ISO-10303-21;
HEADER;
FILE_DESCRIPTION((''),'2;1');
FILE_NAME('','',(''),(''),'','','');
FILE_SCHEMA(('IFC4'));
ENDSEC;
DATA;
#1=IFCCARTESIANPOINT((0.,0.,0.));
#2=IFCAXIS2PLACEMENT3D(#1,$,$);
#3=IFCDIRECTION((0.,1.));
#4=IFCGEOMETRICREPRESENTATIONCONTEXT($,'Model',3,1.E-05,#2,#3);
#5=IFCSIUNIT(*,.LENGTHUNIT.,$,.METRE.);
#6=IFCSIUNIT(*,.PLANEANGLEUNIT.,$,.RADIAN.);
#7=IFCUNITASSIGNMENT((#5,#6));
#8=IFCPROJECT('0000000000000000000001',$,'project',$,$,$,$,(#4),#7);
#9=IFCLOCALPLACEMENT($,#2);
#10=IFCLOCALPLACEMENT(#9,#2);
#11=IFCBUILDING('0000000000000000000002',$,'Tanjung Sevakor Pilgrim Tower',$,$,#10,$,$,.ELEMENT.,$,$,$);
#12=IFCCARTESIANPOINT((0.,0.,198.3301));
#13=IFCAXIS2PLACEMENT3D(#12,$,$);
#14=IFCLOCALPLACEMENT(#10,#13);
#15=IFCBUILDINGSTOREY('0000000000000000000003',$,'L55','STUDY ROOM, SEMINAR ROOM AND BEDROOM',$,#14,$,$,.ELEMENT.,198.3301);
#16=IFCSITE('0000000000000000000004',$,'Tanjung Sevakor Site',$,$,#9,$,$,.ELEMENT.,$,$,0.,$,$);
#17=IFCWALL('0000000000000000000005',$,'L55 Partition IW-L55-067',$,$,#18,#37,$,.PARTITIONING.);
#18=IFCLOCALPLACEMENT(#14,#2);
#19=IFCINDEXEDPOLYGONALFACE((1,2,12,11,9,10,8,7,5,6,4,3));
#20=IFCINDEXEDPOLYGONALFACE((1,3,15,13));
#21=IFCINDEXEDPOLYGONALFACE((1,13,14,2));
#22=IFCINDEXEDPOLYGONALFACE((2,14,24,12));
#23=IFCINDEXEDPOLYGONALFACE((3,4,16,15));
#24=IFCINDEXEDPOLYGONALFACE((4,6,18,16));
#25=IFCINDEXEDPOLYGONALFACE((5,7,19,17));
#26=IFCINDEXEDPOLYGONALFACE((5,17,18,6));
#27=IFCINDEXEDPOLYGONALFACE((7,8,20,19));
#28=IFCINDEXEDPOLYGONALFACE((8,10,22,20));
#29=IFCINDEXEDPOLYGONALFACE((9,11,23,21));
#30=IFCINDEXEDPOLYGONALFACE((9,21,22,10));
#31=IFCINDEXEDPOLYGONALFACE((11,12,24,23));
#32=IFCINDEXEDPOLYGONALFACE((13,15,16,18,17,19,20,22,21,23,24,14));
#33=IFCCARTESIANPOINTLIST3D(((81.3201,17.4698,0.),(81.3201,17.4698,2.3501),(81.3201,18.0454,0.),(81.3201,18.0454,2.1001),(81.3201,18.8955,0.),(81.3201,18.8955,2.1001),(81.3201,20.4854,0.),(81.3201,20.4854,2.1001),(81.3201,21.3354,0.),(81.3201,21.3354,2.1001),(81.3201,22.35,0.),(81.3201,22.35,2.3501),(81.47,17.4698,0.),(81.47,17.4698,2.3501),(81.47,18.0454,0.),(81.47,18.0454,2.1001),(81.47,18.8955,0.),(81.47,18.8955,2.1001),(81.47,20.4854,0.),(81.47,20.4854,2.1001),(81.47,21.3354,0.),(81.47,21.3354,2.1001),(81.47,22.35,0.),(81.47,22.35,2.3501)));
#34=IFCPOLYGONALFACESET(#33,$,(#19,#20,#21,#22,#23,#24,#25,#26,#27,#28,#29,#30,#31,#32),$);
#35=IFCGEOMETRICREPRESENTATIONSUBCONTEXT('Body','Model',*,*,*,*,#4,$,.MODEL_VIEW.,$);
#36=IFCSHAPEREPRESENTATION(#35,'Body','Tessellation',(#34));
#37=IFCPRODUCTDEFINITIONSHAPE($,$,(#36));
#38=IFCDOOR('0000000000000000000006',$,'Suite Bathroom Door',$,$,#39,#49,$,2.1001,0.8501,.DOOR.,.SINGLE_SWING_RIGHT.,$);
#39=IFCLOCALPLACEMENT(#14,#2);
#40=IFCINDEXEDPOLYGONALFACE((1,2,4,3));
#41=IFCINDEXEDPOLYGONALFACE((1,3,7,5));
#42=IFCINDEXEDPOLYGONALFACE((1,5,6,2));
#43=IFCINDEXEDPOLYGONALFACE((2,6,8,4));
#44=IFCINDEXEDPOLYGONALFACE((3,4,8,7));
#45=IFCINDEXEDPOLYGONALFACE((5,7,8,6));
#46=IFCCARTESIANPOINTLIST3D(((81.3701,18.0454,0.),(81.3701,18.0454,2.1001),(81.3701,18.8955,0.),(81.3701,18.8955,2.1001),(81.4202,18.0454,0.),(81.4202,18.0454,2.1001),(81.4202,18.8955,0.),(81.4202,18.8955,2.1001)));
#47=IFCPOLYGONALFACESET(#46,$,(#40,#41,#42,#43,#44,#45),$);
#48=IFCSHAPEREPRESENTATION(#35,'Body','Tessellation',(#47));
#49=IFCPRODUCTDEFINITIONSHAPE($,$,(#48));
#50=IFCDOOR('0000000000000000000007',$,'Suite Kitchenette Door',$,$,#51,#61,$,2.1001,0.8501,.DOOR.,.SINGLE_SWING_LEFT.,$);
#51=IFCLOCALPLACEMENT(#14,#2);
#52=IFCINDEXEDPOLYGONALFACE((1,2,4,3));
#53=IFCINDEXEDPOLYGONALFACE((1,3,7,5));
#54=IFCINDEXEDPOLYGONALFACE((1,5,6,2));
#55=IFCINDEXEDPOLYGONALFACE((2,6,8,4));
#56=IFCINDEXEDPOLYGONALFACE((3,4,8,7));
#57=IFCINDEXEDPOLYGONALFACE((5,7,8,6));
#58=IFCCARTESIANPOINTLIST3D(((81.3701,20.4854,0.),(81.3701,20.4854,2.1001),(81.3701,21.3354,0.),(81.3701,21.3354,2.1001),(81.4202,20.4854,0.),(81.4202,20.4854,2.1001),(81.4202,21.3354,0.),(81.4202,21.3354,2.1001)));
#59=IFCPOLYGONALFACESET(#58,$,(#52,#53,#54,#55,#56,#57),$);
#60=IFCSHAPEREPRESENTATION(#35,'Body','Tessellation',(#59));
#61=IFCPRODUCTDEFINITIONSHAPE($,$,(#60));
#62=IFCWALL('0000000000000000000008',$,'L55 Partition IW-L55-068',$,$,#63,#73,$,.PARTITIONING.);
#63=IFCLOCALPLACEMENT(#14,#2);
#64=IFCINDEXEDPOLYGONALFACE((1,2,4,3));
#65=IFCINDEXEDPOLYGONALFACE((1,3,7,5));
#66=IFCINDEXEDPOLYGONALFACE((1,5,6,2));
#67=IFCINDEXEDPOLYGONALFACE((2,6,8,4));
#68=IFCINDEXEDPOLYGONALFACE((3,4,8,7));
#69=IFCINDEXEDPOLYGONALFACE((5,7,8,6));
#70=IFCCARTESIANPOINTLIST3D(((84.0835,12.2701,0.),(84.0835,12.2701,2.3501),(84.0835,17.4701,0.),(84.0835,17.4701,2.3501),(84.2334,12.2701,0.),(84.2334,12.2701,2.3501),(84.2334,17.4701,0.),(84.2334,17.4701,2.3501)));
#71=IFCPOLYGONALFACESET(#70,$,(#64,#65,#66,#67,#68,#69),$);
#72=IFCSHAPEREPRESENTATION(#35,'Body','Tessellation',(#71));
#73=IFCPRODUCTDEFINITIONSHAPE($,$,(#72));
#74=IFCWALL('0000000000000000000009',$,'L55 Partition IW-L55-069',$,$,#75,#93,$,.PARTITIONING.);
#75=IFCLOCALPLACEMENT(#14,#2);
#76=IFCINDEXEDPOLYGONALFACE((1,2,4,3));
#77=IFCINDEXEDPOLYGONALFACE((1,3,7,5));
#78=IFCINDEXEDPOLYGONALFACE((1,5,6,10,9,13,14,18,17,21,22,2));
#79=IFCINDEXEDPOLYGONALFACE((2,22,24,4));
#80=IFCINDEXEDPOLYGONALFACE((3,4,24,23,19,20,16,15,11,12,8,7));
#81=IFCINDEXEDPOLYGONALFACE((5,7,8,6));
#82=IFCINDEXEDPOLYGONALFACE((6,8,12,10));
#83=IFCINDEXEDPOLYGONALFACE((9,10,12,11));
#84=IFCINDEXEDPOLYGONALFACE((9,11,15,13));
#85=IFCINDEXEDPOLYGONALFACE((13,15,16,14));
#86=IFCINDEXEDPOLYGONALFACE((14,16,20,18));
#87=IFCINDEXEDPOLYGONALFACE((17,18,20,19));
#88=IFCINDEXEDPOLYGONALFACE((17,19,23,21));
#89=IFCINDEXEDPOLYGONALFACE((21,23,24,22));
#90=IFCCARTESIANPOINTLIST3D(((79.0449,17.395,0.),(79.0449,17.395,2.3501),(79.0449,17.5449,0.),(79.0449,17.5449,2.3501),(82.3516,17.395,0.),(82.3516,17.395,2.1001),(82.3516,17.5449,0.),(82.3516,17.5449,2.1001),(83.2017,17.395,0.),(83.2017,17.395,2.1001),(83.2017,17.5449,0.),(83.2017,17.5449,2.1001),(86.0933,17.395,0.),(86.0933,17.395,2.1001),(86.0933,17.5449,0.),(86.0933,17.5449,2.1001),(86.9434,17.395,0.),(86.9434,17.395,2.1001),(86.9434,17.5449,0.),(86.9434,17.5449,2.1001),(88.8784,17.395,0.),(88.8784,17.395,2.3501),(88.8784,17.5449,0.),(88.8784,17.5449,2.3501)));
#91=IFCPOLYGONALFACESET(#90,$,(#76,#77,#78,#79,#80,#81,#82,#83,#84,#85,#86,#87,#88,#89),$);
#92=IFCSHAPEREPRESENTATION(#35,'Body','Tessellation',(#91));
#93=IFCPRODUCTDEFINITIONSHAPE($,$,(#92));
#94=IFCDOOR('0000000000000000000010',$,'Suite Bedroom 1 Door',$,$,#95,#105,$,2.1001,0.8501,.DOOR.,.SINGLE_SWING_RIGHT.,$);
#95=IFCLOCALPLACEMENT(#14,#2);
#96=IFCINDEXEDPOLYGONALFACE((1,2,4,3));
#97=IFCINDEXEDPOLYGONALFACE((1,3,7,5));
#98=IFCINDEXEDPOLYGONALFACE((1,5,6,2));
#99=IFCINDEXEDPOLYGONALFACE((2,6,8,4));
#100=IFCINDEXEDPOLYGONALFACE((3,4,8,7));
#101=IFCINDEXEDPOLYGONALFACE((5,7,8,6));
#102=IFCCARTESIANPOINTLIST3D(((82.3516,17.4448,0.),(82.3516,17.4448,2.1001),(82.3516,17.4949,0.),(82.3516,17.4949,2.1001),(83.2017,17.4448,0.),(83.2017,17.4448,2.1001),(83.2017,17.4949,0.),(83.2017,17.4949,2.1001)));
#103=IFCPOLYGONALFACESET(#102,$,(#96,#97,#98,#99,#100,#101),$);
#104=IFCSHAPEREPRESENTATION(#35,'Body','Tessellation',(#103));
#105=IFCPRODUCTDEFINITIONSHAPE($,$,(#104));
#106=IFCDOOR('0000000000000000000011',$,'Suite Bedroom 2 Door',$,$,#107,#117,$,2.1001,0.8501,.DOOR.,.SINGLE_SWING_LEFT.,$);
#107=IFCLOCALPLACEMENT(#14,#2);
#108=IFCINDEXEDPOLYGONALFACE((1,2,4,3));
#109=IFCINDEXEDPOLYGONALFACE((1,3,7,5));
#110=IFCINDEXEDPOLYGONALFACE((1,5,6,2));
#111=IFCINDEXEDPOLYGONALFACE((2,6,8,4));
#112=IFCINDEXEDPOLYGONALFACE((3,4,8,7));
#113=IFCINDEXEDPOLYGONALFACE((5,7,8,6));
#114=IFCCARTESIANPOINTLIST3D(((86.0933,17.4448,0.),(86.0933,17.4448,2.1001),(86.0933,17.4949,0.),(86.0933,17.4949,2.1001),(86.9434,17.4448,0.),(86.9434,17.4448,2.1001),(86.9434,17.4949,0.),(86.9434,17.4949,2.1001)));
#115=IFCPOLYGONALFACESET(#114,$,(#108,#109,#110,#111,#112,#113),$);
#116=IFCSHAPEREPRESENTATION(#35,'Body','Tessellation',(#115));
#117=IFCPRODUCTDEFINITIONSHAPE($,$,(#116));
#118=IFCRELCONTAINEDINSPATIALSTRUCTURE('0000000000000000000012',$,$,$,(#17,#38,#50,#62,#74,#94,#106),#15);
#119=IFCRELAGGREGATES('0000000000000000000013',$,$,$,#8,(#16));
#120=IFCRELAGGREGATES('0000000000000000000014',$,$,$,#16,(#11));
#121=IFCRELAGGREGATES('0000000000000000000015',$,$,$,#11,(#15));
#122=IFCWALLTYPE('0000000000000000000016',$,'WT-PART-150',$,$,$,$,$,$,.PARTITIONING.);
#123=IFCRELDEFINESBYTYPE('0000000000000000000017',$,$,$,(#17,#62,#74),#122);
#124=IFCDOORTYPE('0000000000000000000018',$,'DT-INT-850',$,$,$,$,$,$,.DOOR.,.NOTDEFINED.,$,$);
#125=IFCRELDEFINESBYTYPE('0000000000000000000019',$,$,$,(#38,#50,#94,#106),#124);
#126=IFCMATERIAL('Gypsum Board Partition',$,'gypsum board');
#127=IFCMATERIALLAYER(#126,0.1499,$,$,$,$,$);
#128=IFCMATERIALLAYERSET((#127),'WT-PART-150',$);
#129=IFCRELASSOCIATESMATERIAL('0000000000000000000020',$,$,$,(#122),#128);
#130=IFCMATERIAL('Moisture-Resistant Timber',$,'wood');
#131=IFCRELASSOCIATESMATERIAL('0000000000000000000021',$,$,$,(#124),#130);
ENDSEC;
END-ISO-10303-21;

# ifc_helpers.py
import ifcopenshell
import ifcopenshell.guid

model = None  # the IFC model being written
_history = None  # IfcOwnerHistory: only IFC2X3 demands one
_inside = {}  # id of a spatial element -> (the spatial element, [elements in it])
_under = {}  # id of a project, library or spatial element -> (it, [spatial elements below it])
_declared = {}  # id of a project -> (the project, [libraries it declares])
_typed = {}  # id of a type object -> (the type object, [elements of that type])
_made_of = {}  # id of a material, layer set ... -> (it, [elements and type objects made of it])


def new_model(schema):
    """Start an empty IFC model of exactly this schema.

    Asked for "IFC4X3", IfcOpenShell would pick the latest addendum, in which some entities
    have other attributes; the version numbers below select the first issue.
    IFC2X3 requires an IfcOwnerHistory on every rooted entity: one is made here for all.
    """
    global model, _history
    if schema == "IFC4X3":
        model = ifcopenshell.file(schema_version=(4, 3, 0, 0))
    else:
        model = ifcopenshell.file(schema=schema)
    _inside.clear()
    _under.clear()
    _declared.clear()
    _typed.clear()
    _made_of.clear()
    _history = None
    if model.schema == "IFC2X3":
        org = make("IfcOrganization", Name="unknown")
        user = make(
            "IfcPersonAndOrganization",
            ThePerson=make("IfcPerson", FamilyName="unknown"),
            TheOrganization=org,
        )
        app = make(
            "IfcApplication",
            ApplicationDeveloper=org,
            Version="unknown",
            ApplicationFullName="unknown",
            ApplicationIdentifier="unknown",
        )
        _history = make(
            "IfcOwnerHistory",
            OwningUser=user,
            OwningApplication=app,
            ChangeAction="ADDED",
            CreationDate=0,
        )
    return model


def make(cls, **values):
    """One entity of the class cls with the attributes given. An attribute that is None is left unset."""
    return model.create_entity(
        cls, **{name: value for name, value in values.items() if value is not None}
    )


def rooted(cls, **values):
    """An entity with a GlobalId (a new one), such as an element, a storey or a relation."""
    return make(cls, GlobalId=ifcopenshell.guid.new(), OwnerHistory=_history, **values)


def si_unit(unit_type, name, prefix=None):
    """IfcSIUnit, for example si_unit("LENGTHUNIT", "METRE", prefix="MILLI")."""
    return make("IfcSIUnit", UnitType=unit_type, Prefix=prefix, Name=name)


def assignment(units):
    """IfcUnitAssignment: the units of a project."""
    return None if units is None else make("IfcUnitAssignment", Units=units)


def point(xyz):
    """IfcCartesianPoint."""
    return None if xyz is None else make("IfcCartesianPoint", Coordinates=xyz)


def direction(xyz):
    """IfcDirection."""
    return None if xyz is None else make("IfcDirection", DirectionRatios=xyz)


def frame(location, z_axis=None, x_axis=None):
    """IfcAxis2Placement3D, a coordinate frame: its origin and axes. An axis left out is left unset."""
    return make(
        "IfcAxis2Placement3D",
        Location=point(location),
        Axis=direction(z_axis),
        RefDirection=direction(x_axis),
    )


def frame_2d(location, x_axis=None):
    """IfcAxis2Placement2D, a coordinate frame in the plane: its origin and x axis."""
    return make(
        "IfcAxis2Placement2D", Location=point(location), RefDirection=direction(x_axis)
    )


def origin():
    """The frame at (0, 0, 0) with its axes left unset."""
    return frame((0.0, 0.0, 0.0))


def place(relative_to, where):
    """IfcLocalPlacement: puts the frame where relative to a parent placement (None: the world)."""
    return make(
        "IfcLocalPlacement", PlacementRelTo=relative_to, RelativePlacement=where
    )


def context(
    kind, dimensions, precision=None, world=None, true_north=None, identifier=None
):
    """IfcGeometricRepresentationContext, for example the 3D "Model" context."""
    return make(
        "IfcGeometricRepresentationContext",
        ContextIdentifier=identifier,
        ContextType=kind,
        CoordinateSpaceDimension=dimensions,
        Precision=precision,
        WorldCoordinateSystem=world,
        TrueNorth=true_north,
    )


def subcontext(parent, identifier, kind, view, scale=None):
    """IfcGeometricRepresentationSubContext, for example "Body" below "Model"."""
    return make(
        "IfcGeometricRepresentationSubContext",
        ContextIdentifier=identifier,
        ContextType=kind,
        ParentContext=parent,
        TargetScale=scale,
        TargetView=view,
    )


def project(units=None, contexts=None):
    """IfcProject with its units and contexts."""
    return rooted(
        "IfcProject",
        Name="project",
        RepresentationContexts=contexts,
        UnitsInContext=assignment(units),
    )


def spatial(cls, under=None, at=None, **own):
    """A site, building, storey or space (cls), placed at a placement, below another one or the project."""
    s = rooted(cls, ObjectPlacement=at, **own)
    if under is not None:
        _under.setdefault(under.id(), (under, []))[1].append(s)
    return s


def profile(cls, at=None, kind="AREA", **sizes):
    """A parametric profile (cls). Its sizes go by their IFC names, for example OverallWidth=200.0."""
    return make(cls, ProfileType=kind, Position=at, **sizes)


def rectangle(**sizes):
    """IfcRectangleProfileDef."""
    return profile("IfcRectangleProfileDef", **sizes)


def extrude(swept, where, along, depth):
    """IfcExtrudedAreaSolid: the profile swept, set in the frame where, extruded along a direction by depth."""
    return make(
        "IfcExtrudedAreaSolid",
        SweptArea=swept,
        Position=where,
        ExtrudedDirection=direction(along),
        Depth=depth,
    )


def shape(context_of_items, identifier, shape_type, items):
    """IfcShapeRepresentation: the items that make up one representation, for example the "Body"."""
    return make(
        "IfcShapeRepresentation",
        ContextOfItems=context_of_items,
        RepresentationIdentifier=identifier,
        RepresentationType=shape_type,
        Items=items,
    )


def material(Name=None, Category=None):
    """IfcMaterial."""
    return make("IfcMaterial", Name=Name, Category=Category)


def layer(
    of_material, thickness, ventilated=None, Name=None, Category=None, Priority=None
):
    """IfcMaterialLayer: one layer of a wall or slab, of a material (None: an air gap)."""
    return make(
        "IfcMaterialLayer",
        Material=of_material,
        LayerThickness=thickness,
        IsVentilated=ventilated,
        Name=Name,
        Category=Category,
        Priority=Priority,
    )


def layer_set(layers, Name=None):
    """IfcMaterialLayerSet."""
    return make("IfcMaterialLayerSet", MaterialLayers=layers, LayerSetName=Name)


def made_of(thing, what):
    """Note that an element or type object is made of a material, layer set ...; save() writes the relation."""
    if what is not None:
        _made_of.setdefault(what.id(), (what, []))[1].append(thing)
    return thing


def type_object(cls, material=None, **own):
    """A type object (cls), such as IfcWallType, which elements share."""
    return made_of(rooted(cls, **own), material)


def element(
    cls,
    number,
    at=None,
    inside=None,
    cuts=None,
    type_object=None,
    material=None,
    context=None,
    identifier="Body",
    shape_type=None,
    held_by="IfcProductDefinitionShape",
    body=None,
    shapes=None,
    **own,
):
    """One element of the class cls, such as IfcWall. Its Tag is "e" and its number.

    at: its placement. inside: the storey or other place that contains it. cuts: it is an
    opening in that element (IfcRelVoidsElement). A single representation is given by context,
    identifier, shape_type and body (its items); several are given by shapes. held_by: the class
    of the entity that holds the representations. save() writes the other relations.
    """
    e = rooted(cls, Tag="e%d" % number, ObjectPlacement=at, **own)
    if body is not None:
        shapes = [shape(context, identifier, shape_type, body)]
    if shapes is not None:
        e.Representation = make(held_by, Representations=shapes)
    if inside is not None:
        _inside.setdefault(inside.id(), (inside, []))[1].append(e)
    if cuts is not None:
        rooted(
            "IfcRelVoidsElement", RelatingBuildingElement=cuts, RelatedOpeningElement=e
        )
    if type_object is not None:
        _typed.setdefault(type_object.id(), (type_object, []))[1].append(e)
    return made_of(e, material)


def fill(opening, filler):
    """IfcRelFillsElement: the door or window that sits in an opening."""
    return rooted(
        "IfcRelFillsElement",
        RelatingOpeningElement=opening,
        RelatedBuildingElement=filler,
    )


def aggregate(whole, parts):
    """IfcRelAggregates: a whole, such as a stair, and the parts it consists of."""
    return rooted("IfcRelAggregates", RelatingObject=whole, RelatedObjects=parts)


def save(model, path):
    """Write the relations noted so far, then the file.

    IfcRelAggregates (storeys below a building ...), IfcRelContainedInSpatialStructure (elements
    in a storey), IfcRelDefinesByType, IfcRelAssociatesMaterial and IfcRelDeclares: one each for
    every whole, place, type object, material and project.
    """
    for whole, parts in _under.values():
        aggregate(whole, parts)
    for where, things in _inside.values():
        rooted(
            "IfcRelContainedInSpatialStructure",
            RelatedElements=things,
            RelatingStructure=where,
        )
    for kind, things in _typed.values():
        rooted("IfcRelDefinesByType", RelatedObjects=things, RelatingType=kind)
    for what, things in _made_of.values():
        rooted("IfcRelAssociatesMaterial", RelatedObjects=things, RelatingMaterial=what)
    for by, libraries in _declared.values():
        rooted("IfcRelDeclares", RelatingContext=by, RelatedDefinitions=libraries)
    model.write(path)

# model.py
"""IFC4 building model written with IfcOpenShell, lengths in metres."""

from ifc_helpers import new_model, si_unit, direction, frame, frame_2d, origin, place, context, subcontext, project, spatial, rectangle, extrude, material, layer, layer_set, type_object, element, fill, save


model = new_model("IFC4")

# Units and contexts
model_context = context("Model", 3, precision=1e-05, world=origin(), true_north=direction((0.0, 1.0)))
body_context = subcontext(model_context, "Body", "Model", "MODEL_VIEW")
ifc_project = project(units=[si_unit("LENGTHUNIT", "METRE"), si_unit("PLANEANGLEUNIT", "RADIAN")], contexts=[model_context])

# Site, building, storey
site_placement = place(None, origin())
site = spatial("IfcSite", under=ifc_project, at=site_placement, Name="Tanjung Sevakor Site", CompositionType="ELEMENT", RefElevation=0.0)
building_placement = place(site_placement, origin())
building = spatial("IfcBuilding", under=site, at=building_placement, Name="Tanjung Sevakor Pilgrim Tower", CompositionType="ELEMENT")
storey_placement = place(building_placement, frame((0.0, 0.0, 198.3301)))
storey = spatial("IfcBuildingStorey", under=building, at=storey_placement, Name="L55", Description="STUDY ROOM, SEMINAR ROOM AND BEDROOM", CompositionType="ELEMENT", Elevation=198.3301)

# Shared definitions
ifc_material_1 = material(Name="Gypsum Board Partition", Category="gypsum board")
ifc_layer_1 = layer(ifc_material_1, 0.1499)
ifc_layer_set_1 = layer_set([ifc_layer_1], Name="WT-PART-150")
wall_type_1 = type_object("IfcWallType", Name="WT-PART-150", PredefinedType="PARTITIONING", material=ifc_layer_set_1)

# Wall, openings, doors
wall_1_placement = place(storey_placement, frame((81.395, 17.47, 0.0), z_axis=(0.0, 0.0, 1.0), x_axis=(0.0, 1.0, 0.0)))
wall_1 = element("IfcWall", 1, at=wall_1_placement, inside=storey, type_object=wall_type_1, Name="L55 Partition IW-L55-067", PredefinedType="PARTITIONING", context=body_context, shape_type="SweptSolid", body=[
    extrude(rectangle(XDim=4.8801, YDim=0.1499, at=frame_2d((2.4399, 0.0))), origin(), (0.0, 0.0, 1.0), 2.3501),
])
opening_1_placement = place(wall_1_placement, frame((0.5754, 0.0, 0.0)))
opening_1 = element("IfcOpeningElement", 2, at=opening_1_placement, cuts=wall_1, PredefinedType="OPENING", context=body_context, shape_type="SweptSolid", body=[
    extrude(rectangle(XDim=0.8501, YDim=2.1001, at=frame_2d((0.425, 1.05))), frame((0.0, 0.085, 0.0), z_axis=(0.0, -1.0, 0.0), x_axis=(1.0, 0.0, 0.0)), (0.0, 0.0, 1.0), 0.1699),
])
opening_2_placement = place(wall_1_placement, frame((3.0154, 0.0, 0.0)))
opening_2 = element("IfcOpeningElement", 3, at=opening_2_placement, cuts=wall_1, PredefinedType="OPENING", context=body_context, shape_type="SweptSolid", body=[
    extrude(rectangle(XDim=0.8501, YDim=2.1001, at=frame_2d((0.425, 1.05))), frame((0.0, 0.085, 0.0), z_axis=(0.0, -1.0, 0.0), x_axis=(1.0, 0.0, 0.0)), (0.0, 0.0, 1.0), 0.1699),
])
ifc_material_2 = material(Name="Moisture-Resistant Timber", Category="wood")
door_type_1 = type_object("IfcDoorType", Name="DT-INT-850", OperationType="NOTDEFINED", PredefinedType="DOOR", material=ifc_material_2)
door_1_placement = place(opening_1_placement, origin())
door_1 = element("IfcDoor", 4, at=door_1_placement, inside=storey, type_object=door_type_1, Name="Suite Bathroom Door", OperationType="SINGLE_SWING_RIGHT", OverallHeight=2.1001, OverallWidth=0.8501, PredefinedType="DOOR", context=body_context, shape_type="SweptSolid", body=[
    extrude(rectangle(XDim=0.8501, YDim=2.1001, at=frame_2d((0.425, 1.05))), frame((0.0, 0.0249, 0.0), z_axis=(0.0, -1.0, 0.0), x_axis=(1.0, 0.0, 0.0)), (0.0, 0.0, 1.0), 0.05),
])
fill(opening_1, door_1)
door_2_placement = place(opening_2_placement, origin())
door_2 = element("IfcDoor", 5, at=door_2_placement, inside=storey, type_object=door_type_1, Name="Suite Kitchenette Door", OperationType="SINGLE_SWING_LEFT", OverallHeight=2.1001, OverallWidth=0.8501, PredefinedType="DOOR", context=body_context, shape_type="SweptSolid", body=[
    extrude(rectangle(XDim=0.8501, YDim=2.1001, at=frame_2d((0.425, 1.05))), frame((0.0, 0.0249, 0.0), z_axis=(0.0, -1.0, 0.0), x_axis=(1.0, 0.0, 0.0)), (0.0, 0.0, 1.0), 0.05),
])
fill(opening_2, door_2)

# Wall
wall_2_placement = place(storey_placement, frame((84.1584, 12.27, 0.0), z_axis=(0.0, 0.0, 1.0), x_axis=(0.0, 1.0, 0.0)))
element("IfcWall", 6, at=wall_2_placement, inside=storey, type_object=wall_type_1, Name="L55 Partition IW-L55-068", PredefinedType="PARTITIONING", context=body_context, shape_type="SweptSolid", body=[
    extrude(rectangle(XDim=5.2, YDim=0.1499, at=frame_2d((2.6001, 0.0))), origin(), (0.0, 0.0, 1.0), 2.3501),
])

# Wall, openings, doors
wall_3_placement = place(storey_placement, frame((79.0449, 17.47, 0.0), z_axis=(0.0, 0.0, 1.0), x_axis=(1.0, 0.0, 0.0)))
wall_3 = element("IfcWall", 7, at=wall_3_placement, inside=storey, type_object=wall_type_1, Name="L55 Partition IW-L55-069", PredefinedType="PARTITIONING", context=body_context, shape_type="SweptSolid", body=[
    extrude(rectangle(XDim=9.8335, YDim=0.1499, at=frame_2d((4.9167, 0.0))), origin(), (0.0, 0.0, 1.0), 2.3501),
])
opening_3_placement = place(wall_3_placement, frame((3.3066, 0.0, 0.0)))
opening_3 = element("IfcOpeningElement", 8, at=opening_3_placement, cuts=wall_3, PredefinedType="OPENING", context=body_context, shape_type="SweptSolid", body=[
    extrude(rectangle(XDim=0.8501, YDim=2.1001, at=frame_2d((0.425, 1.05))), frame((0.0, 0.085, 0.0), z_axis=(0.0, -1.0, 0.0), x_axis=(1.0, 0.0, 0.0)), (0.0, 0.0, 1.0), 0.1699),
])
opening_4_placement = place(wall_3_placement, frame((7.0483, 0.0, 0.0)))
opening_4 = element("IfcOpeningElement", 9, at=opening_4_placement, cuts=wall_3, PredefinedType="OPENING", context=body_context, shape_type="SweptSolid", body=[
    extrude(rectangle(XDim=0.8501, YDim=2.1001, at=frame_2d((0.425, 1.05))), frame((0.0, 0.085, 0.0), z_axis=(0.0, -1.0, 0.0), x_axis=(1.0, 0.0, 0.0)), (0.0, 0.0, 1.0), 0.1699),
])
door_3_placement = place(opening_3_placement, origin())
door_3 = element("IfcDoor", 10, at=door_3_placement, inside=storey, type_object=door_type_1, Name="Suite Bedroom 1 Door", OperationType="SINGLE_SWING_RIGHT", OverallHeight=2.1001, OverallWidth=0.8501, PredefinedType="DOOR", context=body_context, shape_type="SweptSolid", body=[
    extrude(rectangle(XDim=0.8501, YDim=2.1001, at=frame_2d((0.425, 1.05))), frame((0.0, 0.0249, 0.0), z_axis=(0.0, -1.0, 0.0), x_axis=(1.0, 0.0, 0.0)), (0.0, 0.0, 1.0), 0.05),
])
fill(opening_3, door_3)
door_4_placement = place(opening_4_placement, origin())
door_4 = element("IfcDoor", 11, at=door_4_placement, inside=storey, type_object=door_type_1, Name="Suite Bedroom 2 Door", OperationType="SINGLE_SWING_LEFT", OverallHeight=2.1001, OverallWidth=0.8501, PredefinedType="DOOR", context=body_context, shape_type="SweptSolid", body=[
    extrude(rectangle(XDim=0.8501, YDim=2.1001, at=frame_2d((0.425, 1.05))), frame((0.0, 0.0249, 0.0), z_axis=(0.0, -1.0, 0.0), x_axis=(1.0, 0.0, 0.0)), (0.0, 0.0, 1.0), 0.05),
])
fill(opening_4, door_4)

save(model, "model.ifc")
